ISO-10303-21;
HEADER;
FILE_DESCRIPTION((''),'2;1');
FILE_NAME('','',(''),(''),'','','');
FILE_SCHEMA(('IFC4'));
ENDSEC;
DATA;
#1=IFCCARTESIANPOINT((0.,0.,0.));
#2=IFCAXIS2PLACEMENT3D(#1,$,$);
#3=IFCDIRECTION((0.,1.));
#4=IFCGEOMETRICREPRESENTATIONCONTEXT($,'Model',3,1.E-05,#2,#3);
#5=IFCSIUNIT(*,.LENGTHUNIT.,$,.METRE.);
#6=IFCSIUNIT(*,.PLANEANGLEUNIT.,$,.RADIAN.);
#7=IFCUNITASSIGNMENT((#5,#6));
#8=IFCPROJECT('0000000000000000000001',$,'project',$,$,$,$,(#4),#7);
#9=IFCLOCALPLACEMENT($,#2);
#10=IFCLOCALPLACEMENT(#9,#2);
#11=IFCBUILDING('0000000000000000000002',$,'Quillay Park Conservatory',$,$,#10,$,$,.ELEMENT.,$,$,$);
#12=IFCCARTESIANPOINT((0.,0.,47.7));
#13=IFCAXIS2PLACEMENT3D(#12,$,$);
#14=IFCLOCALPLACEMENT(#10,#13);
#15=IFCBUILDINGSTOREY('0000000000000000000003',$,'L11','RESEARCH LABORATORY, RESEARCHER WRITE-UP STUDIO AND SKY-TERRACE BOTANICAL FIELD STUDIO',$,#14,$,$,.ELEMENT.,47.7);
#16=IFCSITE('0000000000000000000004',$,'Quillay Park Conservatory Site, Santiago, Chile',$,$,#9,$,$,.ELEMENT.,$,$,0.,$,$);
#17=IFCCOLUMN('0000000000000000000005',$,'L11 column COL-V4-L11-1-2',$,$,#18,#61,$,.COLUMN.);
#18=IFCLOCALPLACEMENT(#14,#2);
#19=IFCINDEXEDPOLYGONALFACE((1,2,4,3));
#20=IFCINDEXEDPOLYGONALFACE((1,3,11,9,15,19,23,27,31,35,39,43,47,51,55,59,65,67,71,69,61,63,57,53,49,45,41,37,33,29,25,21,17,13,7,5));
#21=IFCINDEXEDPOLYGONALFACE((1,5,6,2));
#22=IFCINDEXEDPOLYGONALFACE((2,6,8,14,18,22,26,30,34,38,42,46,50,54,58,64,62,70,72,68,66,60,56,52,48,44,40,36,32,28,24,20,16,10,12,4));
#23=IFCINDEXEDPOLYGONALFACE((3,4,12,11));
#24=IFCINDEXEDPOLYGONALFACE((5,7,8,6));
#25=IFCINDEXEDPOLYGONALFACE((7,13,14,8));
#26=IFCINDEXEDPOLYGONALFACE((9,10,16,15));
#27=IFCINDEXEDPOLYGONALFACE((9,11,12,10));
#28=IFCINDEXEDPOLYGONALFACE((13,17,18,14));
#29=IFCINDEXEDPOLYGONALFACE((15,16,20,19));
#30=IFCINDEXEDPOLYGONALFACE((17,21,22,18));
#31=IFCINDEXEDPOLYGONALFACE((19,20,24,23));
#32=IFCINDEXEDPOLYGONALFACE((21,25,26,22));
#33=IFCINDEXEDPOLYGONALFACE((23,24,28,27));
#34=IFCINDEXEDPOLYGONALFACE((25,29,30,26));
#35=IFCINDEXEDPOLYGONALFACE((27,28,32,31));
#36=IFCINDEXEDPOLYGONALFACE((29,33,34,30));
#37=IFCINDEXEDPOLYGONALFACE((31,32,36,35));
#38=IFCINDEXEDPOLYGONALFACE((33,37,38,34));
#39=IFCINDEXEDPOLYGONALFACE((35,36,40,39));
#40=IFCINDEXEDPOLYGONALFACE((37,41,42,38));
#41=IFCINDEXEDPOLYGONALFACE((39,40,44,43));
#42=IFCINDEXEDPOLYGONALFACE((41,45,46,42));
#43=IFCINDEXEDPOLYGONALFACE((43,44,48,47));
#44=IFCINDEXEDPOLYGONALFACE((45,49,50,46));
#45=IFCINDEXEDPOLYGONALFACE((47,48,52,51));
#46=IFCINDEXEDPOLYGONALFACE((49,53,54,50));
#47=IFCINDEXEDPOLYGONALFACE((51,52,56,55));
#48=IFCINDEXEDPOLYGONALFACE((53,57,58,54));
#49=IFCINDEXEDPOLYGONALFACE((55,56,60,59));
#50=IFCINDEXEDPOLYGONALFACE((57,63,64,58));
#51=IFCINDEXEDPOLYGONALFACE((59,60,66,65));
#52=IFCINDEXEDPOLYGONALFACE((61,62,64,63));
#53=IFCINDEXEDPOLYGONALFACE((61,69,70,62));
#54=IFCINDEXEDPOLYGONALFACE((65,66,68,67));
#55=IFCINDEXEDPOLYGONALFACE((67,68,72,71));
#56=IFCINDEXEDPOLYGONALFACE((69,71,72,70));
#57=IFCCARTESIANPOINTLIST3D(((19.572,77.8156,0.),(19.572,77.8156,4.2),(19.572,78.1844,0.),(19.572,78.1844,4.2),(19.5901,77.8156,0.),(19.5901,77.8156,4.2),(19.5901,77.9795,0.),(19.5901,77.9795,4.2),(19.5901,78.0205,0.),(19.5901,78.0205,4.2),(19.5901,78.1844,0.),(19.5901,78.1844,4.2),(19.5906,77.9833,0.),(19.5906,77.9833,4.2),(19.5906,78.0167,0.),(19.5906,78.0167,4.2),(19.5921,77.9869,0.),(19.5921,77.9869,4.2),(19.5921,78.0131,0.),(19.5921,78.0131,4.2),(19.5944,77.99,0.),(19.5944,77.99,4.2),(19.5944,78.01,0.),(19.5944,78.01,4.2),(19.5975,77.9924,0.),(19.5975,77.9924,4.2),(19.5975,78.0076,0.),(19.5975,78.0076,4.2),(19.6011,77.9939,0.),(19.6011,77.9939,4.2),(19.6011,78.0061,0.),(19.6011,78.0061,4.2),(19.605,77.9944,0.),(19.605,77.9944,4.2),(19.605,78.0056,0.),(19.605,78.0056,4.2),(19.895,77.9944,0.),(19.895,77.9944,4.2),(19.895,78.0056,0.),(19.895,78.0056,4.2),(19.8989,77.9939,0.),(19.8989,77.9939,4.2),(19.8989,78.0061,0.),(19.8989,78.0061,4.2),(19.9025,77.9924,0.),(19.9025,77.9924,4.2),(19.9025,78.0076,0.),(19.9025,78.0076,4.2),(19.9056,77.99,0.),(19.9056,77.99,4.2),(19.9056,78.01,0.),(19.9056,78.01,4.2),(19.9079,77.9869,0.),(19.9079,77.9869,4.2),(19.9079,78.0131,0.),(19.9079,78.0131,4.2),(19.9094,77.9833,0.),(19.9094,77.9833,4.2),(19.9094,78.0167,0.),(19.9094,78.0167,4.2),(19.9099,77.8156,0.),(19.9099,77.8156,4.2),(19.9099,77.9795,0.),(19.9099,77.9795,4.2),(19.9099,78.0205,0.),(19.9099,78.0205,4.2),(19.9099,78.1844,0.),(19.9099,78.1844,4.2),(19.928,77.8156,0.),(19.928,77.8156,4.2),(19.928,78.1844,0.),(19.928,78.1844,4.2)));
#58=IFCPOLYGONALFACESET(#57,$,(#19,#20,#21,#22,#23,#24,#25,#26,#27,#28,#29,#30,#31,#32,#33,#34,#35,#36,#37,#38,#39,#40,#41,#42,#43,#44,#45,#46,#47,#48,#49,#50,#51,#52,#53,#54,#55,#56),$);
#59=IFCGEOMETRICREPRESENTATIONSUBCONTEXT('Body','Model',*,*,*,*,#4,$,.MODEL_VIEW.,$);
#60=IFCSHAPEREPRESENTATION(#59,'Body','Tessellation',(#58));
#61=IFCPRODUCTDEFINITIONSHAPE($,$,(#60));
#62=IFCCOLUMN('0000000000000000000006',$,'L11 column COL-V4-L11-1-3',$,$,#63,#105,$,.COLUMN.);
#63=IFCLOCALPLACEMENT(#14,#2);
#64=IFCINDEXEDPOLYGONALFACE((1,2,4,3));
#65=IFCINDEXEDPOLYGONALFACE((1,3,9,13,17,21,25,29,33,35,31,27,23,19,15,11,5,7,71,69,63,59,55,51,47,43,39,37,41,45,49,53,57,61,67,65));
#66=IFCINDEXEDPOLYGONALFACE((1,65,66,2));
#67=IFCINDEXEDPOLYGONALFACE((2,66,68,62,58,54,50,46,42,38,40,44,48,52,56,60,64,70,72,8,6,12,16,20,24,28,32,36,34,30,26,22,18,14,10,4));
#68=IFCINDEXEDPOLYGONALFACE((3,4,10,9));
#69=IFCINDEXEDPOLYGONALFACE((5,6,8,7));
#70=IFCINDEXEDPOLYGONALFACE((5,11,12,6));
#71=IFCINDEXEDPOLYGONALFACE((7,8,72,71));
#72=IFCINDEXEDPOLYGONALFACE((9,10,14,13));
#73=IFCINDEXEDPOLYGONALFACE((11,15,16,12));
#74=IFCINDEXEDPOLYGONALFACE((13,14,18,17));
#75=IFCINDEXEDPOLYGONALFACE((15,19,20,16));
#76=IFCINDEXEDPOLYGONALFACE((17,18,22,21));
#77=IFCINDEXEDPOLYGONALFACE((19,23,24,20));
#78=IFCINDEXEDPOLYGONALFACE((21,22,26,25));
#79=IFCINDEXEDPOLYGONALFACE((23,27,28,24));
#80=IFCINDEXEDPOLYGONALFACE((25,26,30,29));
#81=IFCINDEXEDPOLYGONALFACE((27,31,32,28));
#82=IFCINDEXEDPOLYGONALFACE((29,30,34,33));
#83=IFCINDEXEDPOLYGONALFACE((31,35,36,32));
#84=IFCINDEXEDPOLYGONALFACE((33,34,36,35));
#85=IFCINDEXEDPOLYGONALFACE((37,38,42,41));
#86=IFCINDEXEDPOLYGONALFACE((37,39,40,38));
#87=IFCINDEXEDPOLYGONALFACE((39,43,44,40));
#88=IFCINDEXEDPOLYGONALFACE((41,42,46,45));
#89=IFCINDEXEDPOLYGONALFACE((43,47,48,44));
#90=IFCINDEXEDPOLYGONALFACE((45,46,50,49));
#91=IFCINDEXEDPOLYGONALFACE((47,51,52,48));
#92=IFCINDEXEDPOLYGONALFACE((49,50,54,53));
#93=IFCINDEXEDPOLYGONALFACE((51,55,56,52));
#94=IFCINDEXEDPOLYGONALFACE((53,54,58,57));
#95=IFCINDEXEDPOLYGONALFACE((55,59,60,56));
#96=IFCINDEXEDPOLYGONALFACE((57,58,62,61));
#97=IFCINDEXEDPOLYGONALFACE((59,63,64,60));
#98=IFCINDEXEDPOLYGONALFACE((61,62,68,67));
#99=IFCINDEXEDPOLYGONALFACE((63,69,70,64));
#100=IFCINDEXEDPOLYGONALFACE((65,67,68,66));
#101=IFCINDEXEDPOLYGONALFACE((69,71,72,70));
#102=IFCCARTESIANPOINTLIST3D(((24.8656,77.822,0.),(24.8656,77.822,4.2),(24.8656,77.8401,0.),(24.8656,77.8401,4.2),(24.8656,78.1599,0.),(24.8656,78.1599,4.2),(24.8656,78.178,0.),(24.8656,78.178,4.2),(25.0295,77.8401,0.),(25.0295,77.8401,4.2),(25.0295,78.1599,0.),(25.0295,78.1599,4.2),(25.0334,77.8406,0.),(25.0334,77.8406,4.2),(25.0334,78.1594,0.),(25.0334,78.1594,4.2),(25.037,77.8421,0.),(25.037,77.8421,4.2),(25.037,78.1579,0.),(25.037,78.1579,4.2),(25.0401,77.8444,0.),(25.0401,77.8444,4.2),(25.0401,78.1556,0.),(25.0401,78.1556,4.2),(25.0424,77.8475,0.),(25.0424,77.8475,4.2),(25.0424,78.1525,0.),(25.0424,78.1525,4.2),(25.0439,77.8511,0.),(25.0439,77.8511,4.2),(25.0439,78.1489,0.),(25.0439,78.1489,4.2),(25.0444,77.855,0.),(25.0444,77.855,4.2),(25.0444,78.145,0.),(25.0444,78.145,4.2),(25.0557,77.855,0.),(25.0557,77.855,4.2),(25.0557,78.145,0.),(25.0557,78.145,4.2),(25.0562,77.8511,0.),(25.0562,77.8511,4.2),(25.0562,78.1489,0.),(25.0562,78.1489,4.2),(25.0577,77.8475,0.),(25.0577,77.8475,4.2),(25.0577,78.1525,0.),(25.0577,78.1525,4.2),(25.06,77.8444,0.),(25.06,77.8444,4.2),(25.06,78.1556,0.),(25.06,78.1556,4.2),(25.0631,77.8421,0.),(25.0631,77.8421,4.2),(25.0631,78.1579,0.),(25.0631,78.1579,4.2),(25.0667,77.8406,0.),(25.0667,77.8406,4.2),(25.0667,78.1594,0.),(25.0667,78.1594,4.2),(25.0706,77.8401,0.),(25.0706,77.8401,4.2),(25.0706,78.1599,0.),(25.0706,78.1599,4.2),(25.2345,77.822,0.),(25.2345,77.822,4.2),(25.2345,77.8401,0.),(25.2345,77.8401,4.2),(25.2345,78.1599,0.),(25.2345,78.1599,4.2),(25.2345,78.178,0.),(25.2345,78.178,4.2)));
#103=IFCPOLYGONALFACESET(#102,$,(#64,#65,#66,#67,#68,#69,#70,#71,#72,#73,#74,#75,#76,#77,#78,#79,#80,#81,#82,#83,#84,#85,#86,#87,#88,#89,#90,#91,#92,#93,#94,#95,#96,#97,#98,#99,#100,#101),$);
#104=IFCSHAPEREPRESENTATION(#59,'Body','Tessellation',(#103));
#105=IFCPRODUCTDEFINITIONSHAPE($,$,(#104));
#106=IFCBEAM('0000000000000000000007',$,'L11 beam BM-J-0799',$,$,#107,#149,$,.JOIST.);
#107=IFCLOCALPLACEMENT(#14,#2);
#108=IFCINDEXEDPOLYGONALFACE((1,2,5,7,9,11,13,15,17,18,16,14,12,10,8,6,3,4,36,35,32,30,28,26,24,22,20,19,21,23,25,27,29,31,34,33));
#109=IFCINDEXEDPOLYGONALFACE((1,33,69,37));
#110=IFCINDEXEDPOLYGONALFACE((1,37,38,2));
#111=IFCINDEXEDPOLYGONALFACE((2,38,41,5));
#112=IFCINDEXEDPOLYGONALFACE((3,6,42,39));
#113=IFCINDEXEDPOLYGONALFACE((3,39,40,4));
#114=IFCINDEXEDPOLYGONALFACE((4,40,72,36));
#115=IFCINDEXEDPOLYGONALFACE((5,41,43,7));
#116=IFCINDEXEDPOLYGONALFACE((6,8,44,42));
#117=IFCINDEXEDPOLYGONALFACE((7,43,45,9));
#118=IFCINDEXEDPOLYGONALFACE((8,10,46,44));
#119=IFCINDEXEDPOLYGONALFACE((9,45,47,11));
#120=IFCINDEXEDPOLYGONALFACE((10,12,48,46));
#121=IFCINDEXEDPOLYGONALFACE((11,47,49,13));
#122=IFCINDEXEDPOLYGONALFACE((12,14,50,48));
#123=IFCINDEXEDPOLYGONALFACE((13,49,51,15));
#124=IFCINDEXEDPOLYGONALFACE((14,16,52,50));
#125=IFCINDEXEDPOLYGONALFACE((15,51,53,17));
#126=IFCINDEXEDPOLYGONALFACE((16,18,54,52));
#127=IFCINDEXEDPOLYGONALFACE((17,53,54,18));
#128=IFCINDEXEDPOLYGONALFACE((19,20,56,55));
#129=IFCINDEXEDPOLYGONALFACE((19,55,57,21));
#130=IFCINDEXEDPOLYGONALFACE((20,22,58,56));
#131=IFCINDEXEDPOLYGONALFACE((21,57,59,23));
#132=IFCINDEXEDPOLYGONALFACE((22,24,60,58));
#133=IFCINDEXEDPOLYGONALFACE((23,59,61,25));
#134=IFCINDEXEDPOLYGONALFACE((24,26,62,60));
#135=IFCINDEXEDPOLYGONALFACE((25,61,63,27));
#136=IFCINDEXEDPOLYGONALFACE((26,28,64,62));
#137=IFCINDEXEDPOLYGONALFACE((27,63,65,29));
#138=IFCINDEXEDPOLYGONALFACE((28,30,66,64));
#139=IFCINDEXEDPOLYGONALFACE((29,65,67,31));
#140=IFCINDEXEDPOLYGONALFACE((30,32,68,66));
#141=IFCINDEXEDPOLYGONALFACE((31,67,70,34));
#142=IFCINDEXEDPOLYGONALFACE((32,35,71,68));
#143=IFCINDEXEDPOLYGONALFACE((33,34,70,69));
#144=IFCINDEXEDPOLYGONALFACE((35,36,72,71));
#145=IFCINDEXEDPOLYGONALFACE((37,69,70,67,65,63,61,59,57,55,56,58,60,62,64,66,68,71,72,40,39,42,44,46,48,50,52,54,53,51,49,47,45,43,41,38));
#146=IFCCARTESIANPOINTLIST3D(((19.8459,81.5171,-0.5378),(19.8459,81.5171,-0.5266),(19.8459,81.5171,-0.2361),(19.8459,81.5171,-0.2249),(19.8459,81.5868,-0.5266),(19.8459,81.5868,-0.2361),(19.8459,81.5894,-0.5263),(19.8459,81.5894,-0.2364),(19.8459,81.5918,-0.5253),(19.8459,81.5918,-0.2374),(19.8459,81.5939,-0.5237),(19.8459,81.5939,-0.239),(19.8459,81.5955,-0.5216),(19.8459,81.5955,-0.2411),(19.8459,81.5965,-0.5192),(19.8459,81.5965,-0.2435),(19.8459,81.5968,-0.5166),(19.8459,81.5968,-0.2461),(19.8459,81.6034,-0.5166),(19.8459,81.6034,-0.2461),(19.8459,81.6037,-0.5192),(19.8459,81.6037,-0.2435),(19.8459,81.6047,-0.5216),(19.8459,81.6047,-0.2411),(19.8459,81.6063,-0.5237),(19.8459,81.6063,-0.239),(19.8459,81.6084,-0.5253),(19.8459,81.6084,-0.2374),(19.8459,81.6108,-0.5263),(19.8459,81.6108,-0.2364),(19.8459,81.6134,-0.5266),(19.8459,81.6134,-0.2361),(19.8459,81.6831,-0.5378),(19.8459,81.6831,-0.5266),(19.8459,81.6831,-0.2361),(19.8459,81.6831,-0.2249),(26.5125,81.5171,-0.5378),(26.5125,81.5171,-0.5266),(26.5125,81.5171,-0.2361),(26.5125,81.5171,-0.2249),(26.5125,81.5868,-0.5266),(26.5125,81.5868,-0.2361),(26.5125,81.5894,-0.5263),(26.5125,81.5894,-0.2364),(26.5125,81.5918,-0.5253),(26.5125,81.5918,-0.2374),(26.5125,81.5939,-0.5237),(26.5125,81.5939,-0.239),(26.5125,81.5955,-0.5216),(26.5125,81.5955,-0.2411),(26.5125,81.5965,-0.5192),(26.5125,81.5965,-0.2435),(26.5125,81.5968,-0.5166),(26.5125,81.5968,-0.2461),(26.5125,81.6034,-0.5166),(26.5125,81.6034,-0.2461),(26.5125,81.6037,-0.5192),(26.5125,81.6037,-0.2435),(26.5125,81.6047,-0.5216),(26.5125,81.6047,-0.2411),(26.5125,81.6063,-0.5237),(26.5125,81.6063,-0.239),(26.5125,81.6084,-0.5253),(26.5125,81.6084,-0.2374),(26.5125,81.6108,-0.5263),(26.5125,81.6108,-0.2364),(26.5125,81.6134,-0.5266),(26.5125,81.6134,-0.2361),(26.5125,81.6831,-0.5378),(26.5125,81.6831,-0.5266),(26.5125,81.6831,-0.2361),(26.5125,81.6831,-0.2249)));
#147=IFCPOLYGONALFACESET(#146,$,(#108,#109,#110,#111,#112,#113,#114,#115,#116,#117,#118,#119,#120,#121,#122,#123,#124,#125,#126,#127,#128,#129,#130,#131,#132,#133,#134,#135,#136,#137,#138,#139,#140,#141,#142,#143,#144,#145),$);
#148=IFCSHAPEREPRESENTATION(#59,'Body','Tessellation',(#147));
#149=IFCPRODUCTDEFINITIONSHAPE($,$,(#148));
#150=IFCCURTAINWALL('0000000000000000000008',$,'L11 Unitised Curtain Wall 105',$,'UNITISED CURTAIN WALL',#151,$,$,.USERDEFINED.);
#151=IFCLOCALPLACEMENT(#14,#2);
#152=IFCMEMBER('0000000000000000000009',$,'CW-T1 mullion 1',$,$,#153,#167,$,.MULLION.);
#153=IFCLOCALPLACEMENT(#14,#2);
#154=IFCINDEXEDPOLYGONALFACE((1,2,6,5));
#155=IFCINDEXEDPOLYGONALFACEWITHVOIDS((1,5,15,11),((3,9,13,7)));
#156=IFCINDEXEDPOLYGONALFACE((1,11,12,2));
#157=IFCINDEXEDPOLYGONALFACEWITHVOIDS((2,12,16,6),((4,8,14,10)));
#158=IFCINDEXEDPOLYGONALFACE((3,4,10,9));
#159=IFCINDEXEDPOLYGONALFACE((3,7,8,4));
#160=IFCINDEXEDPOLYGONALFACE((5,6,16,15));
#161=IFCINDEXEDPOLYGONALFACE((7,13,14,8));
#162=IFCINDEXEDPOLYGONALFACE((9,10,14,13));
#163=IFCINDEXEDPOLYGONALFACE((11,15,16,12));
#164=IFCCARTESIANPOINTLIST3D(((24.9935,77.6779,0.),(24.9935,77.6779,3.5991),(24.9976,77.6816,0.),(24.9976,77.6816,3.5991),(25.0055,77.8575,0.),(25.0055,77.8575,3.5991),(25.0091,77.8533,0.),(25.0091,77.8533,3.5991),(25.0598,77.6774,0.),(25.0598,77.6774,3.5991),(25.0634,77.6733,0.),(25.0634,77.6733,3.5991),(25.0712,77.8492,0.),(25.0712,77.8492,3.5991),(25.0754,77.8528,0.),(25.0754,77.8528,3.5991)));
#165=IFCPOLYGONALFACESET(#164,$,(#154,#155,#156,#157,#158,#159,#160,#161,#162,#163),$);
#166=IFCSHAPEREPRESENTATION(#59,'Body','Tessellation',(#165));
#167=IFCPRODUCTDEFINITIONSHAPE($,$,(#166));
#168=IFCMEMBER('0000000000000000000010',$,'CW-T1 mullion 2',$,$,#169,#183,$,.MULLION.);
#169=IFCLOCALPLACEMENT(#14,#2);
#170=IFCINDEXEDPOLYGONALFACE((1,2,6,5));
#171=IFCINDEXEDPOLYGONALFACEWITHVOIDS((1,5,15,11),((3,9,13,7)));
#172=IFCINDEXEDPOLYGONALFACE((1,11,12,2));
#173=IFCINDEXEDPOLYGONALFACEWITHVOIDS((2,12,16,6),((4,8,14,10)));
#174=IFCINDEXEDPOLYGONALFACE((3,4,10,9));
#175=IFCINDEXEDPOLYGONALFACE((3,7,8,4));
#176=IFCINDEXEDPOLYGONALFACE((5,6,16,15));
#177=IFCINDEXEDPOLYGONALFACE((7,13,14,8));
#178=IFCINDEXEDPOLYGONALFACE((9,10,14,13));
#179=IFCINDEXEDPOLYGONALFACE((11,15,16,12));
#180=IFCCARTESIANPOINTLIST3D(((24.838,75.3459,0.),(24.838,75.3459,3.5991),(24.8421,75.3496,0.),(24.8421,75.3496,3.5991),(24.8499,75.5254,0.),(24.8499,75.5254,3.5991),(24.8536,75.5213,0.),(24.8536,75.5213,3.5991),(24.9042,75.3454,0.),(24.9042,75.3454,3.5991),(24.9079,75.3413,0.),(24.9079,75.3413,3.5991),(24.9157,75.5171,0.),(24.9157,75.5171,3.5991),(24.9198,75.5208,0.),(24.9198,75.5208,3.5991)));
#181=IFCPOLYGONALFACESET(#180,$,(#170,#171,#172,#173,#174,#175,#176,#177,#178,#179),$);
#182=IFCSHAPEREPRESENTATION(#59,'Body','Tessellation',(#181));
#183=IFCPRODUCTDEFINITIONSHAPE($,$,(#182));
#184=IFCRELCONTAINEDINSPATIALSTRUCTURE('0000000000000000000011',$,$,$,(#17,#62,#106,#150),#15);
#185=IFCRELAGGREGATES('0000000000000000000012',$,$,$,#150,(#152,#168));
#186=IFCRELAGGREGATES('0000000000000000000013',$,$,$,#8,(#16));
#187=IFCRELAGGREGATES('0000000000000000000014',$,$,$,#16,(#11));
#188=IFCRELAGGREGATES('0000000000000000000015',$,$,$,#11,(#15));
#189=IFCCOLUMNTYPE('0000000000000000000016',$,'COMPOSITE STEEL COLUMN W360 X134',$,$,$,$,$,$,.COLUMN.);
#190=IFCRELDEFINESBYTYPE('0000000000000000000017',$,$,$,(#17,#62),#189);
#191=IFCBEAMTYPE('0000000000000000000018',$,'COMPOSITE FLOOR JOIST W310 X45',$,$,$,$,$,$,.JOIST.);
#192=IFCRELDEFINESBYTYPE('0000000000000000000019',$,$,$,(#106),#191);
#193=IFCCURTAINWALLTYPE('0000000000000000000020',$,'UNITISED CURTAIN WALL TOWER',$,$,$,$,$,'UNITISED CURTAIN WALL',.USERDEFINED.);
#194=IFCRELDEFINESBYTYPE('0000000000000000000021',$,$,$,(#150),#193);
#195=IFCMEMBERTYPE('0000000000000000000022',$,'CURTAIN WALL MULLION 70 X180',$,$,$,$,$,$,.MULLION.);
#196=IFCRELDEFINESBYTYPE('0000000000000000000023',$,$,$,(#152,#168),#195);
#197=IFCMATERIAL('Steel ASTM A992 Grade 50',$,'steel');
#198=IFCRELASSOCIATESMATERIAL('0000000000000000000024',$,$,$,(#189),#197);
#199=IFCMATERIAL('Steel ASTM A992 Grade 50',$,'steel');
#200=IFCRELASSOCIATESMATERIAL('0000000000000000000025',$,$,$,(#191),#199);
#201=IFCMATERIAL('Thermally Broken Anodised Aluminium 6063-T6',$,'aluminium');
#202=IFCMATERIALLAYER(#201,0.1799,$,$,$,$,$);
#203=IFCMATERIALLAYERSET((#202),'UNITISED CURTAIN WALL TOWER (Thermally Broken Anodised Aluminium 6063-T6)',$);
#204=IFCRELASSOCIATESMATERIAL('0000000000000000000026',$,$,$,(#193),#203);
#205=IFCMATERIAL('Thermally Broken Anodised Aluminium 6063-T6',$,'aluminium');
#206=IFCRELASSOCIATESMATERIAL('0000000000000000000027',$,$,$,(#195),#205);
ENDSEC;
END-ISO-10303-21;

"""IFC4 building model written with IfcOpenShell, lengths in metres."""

from ifc_helpers import new_model, si_unit, direction, frame, origin, origin_2d, place, context, subcontext, project, spatial, hollow_rectangle, i_section, extrude, material, layer, layer_set, material_profile, profile_set, type_object, element, aggregate, save


model = new_model("IFC4")

# Units and contexts
model_context = context("Model", 3, precision=1e-05, world=origin(), true_north=direction((0.0, 1.0)))
body_context = subcontext(model_context, "Body", "Model", "MODEL_VIEW")
ifc_project = project(units=[si_unit("LENGTHUNIT", "METRE"), si_unit("PLANEANGLEUNIT", "RADIAN")], contexts=[model_context])

# Site, building, storey
site_placement = place(None, origin())
site = spatial("IfcSite", under=ifc_project, at=site_placement, Name="Quillay Park Conservatory Site, Santiago, Chile", CompositionType="ELEMENT", RefElevation=0.0)
building_placement = place(site_placement, origin())
building = spatial("IfcBuilding", under=site, at=building_placement, Name="Quillay Park Conservatory", CompositionType="ELEMENT")
storey_placement = place(building_placement, frame((0.0, 0.0, 47.7)))
storey = spatial("IfcBuildingStorey", under=building, at=storey_placement, Name="L11", Description="RESEARCH LABORATORY, RESEARCHER WRITE-UP STUDIO AND SKY-TERRACE BOTANICAL FIELD STUDIO", CompositionType="ELEMENT", Elevation=47.7)

# Columns
ifc_material_1 = material(Name="Steel ASTM A992 Grade 50", Category="steel")
ifc_material_profile_1 = material_profile(ifc_material_1, i_section(OverallWidth=0.3689, OverallDepth=0.356, WebThickness=0.0112, FlangeThickness=0.0181, FilletRadius=0.0149, at=origin_2d()), Name="W360x134")
ifc_profile_set_1 = profile_set([ifc_material_profile_1], Name="Steel ASTM A992 Grade 50")
column_type = type_object("IfcColumnType", Name="COMPOSITE STEEL COLUMN W360 X134", PredefinedType="COLUMN", material=ifc_profile_set_1)
for number, where, z_axis, x_axis, name in (
    (1, (19.75, 78.0, 0.0), (0.0, 0.0, 1.0), (0.0, 1.0, 0.0), "L11 column COL-V4-L11-1-2"),
    (2, (25.05, 78.0, 0.0), (0.0, 0.0, 1.0), (1.0, 0.0, 0.0), "L11 column COL-V4-L11-1-3"),
):
    element("IfcColumn", number, at=place(storey_placement, frame(where, z_axis=z_axis, x_axis=x_axis)), inside=storey, type_object=column_type, Name=name, PredefinedType="COLUMN", context=body_context, shape_type="SweptSolid", body=[
        extrude(i_section(OverallWidth=0.3689, OverallDepth=0.356, WebThickness=0.0112, FlangeThickness=0.0181, FilletRadius=0.0149, at=origin_2d()), origin(), (0.0, 0.0, 1.0), 4.2),
    ])

# Beam
ifc_material_2 = material(Name="Steel ASTM A992 Grade 50", Category="steel")
ifc_material_profile_2 = material_profile(ifc_material_2, i_section(OverallWidth=0.166, OverallDepth=0.313, WebThickness=0.0066, FlangeThickness=0.0112, FilletRadius=0.01, at=origin_2d()), Name="W310x45")
ifc_profile_set_2 = profile_set([ifc_material_profile_2], Name="Steel ASTM A992 Grade 50")
beam_type_1 = type_object("IfcBeamType", Name="COMPOSITE FLOOR JOIST W310 X45", PredefinedType="JOIST", material=ifc_profile_set_2)
beam_1_placement = place(storey_placement, frame((19.8459, 81.6001, -0.3813), z_axis=(1.0, 0.0, 0.0), x_axis=(0.0, 1.0, 0.0)))
element("IfcBeam", 3, at=beam_1_placement, inside=storey, type_object=beam_type_1, Name="L11 beam BM-J-0799", PredefinedType="JOIST", context=body_context, shape_type="SweptSolid", body=[
    extrude(i_section(OverallWidth=0.166, OverallDepth=0.313, WebThickness=0.0066, FlangeThickness=0.0112, FilletRadius=0.01, at=origin_2d()), origin(), (0.0, 0.0, 1.0), 6.6665),
])

# Curtain wall, members
ifc_material_3 = material(Name="Thermally Broken Anodised Aluminium 6063-T6", Category="aluminium")
ifc_layer_1 = layer(ifc_material_3, 0.1799)
ifc_layer_set_1 = layer_set([ifc_layer_1], Name="UNITISED CURTAIN WALL TOWER (Thermally Broken Anodised Aluminium 6063-T6)")
curtain_wall_type = type_object("IfcCurtainWallType", Name="UNITISED CURTAIN WALL TOWER", ElementType="UNITISED CURTAIN WALL", PredefinedType="USERDEFINED", material=ifc_layer_set_1)
curtain_wall_placement = place(storey_placement, origin())
curtain_wall = element("IfcCurtainWall", 4, at=curtain_wall_placement, inside=storey, type_object=curtain_wall_type, Name="L11 Unitised Curtain Wall 105", ObjectType="UNITISED CURTAIN WALL", PredefinedType="USERDEFINED")
ifc_material_4 = material(Name="Thermally Broken Anodised Aluminium 6063-T6", Category="aluminium")
ifc_material_profile_3 = material_profile(ifc_material_4, hollow_rectangle(XDim=0.0701, YDim=0.1799, WallThickness=0.0039, at=origin_2d()), Name="AL70x180x4")
ifc_profile_set_3 = profile_set([ifc_material_profile_3], Name="Thermally Broken Anodised Aluminium 6063-T6")
member_type_1 = type_object("IfcMemberType", Name="CURTAIN WALL MULLION 70 X180", PredefinedType="MULLION", material=ifc_profile_set_3)
member_1_placement = place(storey_placement, frame((25.0344, 77.7654, 0.0), z_axis=(0.0, 0.0, 1.0), x_axis=(0.997785, -0.066521, 0.0)))
member_1 = element("IfcMember", 5, at=member_1_placement, type_object=member_type_1, Name="CW-T1 mullion 1", PredefinedType="MULLION", context=body_context, shape_type="SweptSolid", body=[
    extrude(hollow_rectangle(XDim=0.0701, YDim=0.1799, WallThickness=0.0039, at=origin_2d()), origin(), (0.0, 0.0, 1.0), 3.5991),
])
member_2_placement = place(storey_placement, frame((24.8789, 75.4333, 0.0), z_axis=(0.0, 0.0, 1.0), x_axis=(0.997785, -0.066521, 0.0)))
member_2 = element("IfcMember", 6, at=member_2_placement, type_object=member_type_1, Name="CW-T1 mullion 2", PredefinedType="MULLION", context=body_context, shape_type="SweptSolid", body=[
    extrude(hollow_rectangle(XDim=0.0701, YDim=0.1799, WallThickness=0.0039, at=origin_2d()), origin(), (0.0, 0.0, 1.0), 3.5991),
])

aggregate(curtain_wall, [member_1, member_2])

save(model, "model.ifc")
